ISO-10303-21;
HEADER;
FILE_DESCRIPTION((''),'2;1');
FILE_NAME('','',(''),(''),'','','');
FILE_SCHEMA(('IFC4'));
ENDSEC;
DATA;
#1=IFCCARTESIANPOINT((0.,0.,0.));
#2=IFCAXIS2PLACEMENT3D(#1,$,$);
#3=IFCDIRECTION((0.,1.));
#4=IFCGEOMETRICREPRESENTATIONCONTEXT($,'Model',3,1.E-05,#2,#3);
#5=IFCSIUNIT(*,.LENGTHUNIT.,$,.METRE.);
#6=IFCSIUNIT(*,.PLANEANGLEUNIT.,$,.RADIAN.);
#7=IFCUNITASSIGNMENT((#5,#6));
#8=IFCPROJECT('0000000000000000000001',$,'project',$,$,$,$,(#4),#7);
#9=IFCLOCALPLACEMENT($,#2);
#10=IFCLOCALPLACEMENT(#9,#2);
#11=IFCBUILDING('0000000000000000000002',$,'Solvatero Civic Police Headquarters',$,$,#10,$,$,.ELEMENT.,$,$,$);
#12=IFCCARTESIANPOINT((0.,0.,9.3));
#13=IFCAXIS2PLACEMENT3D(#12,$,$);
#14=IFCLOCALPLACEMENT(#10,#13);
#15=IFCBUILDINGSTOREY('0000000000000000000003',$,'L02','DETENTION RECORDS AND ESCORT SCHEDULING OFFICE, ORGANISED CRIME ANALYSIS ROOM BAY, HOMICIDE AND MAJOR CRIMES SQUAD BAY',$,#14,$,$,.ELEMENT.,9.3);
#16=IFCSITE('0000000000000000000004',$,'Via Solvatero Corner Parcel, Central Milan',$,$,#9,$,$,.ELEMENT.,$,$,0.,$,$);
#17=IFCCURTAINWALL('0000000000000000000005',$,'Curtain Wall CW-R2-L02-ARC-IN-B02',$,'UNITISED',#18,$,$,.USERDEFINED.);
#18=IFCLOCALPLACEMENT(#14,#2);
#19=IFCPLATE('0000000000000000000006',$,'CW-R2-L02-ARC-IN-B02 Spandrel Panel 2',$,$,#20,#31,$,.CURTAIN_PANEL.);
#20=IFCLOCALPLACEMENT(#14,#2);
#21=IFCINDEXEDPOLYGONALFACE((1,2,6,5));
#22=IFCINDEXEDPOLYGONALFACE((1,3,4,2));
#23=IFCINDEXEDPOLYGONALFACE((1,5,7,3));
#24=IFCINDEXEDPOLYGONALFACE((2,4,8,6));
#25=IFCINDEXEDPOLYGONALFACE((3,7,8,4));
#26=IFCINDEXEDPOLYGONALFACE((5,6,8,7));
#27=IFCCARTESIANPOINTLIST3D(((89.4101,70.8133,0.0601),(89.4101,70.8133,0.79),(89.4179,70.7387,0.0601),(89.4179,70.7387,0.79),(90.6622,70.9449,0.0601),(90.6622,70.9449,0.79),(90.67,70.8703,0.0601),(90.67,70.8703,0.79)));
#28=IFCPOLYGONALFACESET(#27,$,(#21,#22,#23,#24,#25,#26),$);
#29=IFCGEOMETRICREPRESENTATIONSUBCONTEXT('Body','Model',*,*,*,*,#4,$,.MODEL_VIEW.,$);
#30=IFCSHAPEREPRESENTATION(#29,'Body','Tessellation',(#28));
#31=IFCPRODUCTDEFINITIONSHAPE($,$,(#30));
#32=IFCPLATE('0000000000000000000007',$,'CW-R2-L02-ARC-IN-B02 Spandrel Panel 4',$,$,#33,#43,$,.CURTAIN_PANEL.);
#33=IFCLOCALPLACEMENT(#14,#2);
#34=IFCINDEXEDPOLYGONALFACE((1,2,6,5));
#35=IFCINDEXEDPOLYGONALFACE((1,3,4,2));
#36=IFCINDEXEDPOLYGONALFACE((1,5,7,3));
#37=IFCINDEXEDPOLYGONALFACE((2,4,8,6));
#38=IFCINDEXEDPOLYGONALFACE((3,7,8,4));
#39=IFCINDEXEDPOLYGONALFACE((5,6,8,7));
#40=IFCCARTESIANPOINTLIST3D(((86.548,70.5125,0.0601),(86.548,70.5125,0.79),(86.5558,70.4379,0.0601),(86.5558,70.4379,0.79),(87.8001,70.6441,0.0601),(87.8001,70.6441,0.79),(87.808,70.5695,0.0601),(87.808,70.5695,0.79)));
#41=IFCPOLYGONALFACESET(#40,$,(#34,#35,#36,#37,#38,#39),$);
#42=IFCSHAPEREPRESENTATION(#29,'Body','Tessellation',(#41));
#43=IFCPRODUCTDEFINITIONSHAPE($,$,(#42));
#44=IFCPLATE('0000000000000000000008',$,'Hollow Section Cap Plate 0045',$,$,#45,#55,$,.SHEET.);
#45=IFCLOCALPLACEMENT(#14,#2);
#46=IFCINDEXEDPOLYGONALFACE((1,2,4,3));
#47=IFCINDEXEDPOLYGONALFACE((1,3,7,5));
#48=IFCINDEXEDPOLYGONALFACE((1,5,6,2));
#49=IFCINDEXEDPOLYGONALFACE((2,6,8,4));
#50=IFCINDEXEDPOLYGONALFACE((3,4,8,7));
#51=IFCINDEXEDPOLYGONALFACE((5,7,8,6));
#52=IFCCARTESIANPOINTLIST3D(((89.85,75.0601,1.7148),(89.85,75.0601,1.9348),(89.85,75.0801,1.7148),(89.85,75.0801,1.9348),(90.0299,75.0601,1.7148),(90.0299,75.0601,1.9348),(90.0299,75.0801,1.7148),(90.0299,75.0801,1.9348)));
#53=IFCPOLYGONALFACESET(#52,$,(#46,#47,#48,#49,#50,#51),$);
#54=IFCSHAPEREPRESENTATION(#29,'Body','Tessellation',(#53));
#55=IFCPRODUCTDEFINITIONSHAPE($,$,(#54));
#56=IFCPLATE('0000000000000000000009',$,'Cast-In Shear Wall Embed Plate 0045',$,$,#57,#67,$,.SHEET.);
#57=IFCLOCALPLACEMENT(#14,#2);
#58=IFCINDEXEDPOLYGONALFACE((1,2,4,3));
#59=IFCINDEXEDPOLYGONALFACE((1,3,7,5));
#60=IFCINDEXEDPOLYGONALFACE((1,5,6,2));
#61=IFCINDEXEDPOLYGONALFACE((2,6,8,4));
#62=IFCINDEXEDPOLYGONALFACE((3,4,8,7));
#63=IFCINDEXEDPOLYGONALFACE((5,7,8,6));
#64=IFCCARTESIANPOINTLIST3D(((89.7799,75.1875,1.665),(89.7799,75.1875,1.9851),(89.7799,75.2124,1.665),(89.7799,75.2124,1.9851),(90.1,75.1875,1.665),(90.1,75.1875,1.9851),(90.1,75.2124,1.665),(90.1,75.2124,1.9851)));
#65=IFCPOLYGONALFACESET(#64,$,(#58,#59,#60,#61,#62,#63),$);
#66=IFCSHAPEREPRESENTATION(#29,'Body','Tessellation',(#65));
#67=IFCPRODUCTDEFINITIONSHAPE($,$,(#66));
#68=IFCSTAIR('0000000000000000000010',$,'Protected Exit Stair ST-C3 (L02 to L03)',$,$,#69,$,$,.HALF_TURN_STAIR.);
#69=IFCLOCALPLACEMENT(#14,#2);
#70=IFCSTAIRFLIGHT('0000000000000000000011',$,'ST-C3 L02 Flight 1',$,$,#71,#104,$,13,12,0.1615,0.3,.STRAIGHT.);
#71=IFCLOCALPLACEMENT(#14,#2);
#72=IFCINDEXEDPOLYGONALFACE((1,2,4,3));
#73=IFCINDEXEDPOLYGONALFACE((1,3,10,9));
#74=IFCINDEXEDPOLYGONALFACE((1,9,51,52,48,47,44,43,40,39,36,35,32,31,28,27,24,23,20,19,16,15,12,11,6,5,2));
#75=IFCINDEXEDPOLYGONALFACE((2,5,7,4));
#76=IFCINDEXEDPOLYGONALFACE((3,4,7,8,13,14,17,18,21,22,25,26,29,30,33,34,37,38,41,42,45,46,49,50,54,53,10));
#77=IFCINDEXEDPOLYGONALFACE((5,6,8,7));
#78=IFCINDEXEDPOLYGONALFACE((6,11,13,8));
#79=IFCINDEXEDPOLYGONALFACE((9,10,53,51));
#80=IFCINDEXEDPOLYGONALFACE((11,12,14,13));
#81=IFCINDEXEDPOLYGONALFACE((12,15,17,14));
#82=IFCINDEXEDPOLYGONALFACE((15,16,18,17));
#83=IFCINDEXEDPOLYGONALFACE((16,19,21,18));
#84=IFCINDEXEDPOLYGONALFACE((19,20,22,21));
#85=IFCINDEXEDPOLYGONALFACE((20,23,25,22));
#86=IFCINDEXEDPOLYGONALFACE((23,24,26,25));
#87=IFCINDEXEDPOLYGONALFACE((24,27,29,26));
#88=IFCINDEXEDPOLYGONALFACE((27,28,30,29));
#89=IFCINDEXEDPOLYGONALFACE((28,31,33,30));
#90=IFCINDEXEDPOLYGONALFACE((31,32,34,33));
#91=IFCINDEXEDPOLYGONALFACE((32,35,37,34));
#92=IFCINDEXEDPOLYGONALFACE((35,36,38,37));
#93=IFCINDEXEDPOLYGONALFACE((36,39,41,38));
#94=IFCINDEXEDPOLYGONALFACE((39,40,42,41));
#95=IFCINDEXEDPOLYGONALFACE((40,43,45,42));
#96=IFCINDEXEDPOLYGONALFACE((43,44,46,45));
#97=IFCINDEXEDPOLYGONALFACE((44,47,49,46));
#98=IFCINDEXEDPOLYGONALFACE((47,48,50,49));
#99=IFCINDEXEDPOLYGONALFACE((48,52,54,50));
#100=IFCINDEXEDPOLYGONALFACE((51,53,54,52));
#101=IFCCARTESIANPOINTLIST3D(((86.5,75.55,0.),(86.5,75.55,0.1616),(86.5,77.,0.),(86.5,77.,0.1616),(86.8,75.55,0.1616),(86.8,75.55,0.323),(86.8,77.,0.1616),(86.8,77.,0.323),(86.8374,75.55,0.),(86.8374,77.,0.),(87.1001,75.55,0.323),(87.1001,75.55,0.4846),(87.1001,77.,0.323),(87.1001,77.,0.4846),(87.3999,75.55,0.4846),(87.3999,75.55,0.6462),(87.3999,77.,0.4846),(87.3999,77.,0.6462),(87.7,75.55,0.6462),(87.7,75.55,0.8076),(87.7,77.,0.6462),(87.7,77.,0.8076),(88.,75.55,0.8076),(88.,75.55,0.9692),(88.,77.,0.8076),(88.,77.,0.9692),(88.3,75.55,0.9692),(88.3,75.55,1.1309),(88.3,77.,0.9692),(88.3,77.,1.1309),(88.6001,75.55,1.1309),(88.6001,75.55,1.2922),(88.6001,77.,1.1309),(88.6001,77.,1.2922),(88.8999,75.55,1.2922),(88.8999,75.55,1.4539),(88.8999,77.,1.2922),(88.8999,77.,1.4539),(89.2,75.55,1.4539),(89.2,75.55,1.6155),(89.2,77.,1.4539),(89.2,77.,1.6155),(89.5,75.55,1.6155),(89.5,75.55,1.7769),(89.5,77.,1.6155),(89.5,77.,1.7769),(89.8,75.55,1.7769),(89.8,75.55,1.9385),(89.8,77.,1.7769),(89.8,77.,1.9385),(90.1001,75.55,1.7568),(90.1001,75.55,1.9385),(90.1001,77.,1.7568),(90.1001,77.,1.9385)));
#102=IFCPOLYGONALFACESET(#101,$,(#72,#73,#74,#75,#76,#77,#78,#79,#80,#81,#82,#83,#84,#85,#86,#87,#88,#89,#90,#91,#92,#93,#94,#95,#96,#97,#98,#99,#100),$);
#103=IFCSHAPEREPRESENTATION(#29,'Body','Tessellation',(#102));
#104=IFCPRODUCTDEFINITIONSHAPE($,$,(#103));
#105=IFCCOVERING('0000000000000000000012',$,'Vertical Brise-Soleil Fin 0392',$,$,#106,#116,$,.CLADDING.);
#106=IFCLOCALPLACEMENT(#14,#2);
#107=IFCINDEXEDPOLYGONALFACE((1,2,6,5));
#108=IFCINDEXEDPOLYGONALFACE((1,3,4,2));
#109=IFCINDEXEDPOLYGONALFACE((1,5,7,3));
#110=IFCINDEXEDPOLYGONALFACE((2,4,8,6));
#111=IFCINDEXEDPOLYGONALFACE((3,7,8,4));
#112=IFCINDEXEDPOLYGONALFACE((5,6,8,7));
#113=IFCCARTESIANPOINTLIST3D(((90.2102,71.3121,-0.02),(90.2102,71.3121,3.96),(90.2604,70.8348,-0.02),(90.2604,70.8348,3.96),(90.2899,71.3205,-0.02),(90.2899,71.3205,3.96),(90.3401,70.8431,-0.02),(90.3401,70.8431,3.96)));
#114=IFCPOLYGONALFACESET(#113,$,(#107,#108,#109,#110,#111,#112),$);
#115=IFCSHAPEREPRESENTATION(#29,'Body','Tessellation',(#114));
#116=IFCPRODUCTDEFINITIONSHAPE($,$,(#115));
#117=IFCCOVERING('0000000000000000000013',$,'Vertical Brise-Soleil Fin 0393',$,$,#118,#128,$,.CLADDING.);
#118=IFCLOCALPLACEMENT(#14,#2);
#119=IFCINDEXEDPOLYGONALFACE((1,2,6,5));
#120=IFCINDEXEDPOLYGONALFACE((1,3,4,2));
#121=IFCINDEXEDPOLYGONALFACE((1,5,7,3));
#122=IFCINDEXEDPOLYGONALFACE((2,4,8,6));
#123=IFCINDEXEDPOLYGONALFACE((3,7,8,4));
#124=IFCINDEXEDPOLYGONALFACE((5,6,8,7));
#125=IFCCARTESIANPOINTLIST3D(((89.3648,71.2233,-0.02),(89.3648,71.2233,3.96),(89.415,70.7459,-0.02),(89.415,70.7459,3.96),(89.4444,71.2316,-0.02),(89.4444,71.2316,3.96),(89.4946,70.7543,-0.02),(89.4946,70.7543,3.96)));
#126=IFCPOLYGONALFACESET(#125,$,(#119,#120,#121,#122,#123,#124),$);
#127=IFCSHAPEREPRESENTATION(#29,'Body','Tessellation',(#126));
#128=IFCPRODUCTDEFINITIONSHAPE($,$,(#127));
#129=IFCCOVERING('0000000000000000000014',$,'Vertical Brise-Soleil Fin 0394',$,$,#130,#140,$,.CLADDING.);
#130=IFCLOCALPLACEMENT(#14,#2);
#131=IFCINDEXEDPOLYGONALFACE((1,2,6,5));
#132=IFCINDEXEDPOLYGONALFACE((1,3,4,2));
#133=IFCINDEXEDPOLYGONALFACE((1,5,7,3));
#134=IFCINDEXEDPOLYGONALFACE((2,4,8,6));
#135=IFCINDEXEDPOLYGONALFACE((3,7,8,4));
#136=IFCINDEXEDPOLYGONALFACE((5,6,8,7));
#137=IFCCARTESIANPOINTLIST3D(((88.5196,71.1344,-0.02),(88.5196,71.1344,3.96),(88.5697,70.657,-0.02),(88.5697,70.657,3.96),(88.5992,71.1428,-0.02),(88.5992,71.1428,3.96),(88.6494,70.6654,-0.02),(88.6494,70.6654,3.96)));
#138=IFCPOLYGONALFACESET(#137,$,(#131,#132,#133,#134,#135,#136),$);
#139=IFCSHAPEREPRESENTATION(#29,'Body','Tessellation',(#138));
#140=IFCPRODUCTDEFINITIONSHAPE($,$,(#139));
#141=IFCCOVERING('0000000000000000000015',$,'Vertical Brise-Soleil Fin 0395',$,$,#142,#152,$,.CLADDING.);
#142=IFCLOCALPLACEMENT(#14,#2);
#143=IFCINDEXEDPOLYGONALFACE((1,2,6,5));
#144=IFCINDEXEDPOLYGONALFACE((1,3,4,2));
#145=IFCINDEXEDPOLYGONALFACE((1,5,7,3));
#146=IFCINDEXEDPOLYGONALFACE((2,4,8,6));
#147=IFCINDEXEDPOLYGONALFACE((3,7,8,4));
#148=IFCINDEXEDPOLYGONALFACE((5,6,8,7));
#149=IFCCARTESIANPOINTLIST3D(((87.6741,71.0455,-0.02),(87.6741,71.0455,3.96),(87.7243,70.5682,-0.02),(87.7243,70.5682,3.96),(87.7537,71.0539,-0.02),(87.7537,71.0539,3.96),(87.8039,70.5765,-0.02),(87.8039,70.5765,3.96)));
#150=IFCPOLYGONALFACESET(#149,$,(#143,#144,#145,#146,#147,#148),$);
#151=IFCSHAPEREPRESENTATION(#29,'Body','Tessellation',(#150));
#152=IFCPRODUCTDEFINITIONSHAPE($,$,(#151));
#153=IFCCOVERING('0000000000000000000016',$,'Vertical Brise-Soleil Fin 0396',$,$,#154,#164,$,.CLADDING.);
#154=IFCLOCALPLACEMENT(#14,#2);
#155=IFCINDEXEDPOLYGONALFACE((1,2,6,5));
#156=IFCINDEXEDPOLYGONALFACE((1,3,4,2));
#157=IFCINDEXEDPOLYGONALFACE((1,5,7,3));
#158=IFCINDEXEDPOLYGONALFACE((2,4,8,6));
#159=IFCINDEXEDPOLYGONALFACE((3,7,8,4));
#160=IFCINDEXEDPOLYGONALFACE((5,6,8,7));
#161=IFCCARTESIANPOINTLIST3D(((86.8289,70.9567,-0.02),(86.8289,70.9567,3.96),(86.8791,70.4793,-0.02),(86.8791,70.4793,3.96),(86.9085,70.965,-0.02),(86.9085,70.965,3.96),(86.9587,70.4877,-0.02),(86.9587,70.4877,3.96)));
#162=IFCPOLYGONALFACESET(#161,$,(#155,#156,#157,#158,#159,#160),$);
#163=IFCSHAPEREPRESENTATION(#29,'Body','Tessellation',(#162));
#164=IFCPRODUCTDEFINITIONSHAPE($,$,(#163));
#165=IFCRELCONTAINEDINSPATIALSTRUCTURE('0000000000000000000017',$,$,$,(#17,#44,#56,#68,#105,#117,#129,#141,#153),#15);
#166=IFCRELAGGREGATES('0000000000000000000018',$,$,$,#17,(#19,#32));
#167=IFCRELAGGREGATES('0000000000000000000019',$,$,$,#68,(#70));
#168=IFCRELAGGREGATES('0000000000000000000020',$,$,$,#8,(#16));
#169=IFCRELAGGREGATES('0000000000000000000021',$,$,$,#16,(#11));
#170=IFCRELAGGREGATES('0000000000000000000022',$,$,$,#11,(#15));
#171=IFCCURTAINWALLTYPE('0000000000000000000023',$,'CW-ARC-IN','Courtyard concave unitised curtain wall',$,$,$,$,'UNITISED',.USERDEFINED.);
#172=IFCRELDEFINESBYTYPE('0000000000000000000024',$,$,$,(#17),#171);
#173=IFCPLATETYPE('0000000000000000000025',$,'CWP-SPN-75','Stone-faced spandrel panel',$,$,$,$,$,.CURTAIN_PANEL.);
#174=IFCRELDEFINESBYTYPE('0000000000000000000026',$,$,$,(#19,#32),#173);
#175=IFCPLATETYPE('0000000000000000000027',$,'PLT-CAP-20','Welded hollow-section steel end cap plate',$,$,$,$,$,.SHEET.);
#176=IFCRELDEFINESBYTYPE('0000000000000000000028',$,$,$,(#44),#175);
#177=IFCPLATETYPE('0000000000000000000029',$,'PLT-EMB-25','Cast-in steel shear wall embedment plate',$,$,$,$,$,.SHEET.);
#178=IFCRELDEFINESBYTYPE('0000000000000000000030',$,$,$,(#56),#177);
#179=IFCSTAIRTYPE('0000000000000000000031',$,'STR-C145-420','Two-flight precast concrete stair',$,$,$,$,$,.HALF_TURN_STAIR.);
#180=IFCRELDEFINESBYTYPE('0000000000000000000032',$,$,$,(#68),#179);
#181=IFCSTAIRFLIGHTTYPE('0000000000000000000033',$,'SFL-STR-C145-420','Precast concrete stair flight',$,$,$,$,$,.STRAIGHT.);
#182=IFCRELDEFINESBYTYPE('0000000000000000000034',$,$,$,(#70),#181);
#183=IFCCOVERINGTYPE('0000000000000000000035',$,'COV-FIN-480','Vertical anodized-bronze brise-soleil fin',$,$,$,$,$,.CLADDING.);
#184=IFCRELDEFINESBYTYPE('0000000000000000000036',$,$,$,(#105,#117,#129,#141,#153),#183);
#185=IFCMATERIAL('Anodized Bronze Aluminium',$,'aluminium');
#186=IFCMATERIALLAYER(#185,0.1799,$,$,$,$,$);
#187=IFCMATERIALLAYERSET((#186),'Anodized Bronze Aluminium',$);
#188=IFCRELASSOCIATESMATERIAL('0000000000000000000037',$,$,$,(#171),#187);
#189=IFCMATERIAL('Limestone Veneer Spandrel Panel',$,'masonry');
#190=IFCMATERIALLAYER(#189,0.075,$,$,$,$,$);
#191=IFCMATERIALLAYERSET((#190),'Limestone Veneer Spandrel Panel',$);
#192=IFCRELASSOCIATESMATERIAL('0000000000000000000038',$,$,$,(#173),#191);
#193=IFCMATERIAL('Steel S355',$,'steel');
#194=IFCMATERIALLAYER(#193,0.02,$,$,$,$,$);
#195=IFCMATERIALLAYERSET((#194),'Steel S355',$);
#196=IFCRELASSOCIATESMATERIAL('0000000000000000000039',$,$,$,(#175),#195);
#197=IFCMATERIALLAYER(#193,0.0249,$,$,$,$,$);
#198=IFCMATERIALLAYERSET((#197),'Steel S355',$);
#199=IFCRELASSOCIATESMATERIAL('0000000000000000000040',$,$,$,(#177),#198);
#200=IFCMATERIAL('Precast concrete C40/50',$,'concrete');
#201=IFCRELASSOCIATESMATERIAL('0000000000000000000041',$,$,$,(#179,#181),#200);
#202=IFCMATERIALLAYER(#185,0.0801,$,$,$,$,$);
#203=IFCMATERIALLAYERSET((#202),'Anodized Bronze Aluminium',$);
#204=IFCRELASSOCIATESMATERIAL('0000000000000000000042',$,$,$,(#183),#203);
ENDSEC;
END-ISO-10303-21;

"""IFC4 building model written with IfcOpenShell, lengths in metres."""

from ifc_helpers import new_model, si_unit, direction, frame, origin, origin_2d, place, context, subcontext, project, spatial, polyline, rectangle, outline, extrude, material, layer, layer_set, type_object, element, aggregate, save


model = new_model("IFC4")

# Units and contexts
model_context = context("Model", 3, precision=1e-05, world=origin(), true_north=direction((0.0, 1.0)))
body_context = subcontext(model_context, "Body", "Model", "MODEL_VIEW")
ifc_project = project(units=[si_unit("LENGTHUNIT", "METRE"), si_unit("PLANEANGLEUNIT", "RADIAN")], contexts=[model_context])

# Site, building, storey
site_placement = place(None, origin())
site = spatial("IfcSite", under=ifc_project, at=site_placement, Name="Via Solvatero Corner Parcel, Central Milan", CompositionType="ELEMENT", RefElevation=0.0)
building_placement = place(site_placement, origin())
building = spatial("IfcBuilding", under=site, at=building_placement, Name="Solvatero Civic Police Headquarters", CompositionType="ELEMENT")
storey_placement = place(building_placement, frame((0.0, 0.0, 9.3)))
storey = spatial("IfcBuildingStorey", under=building, at=storey_placement, Name="L02", Description="DETENTION RECORDS AND ESCORT SCHEDULING OFFICE, ORGANISED CRIME ANALYSIS ROOM BAY, HOMICIDE AND MAJOR CRIMES SQUAD BAY", CompositionType="ELEMENT", Elevation=9.3)

# Curtain wall
ifc_material_1 = material(Name="Anodized Bronze Aluminium", Category="aluminium")
ifc_layer_1 = layer(ifc_material_1, 0.1799)
ifc_layer_set_1 = layer_set([ifc_layer_1], Name="Anodized Bronze Aluminium")
curtain_wall_type = type_object("IfcCurtainWallType", Name="CW-ARC-IN", Description="Courtyard concave unitised curtain wall", ElementType="UNITISED", PredefinedType="USERDEFINED", material=ifc_layer_set_1)
curtain_wall_placement = place(storey_placement, origin())
curtain_wall = element("IfcCurtainWall", 1, at=curtain_wall_placement, inside=storey, type_object=curtain_wall_type, Name="Curtain Wall CW-R2-L02-ARC-IN-B02", ObjectType="UNITISED", PredefinedType="USERDEFINED")

# Shared definitions
ifc_material_2 = material(Name="Steel S355", Category="steel")

# Plates
ifc_material_3 = material(Name="Limestone Veneer Spandrel Panel", Category="masonry")
ifc_layer_2 = layer(ifc_material_3, 0.075)
ifc_layer_set_2 = layer_set([ifc_layer_2], Name="Limestone Veneer Spandrel Panel")
plate_type_1 = type_object("IfcPlateType", Name="CWP-SPN-75", Description="Stone-faced spandrel panel", PredefinedType="CURTAIN_PANEL", material=ifc_layer_set_2)
plate_1_placement = place(storey_placement, frame((90.04, 70.8418, 0.0601), z_axis=(0.0, 0.0, 1.0), x_axis=(-0.994522, -0.104528, 0.0)))
plate_1 = element("IfcPlate", 2, at=plate_1_placement, type_object=plate_type_1, Name="CW-R2-L02-ARC-IN-B02 Spandrel Panel 2", PredefinedType="CURTAIN_PANEL", context=body_context, shape_type="SweptSolid", body=[
    extrude(rectangle(XDim=1.259, YDim=0.075, at=origin_2d()), origin(), (0.0, 0.0, 1.0), 0.73),
])
plate_2_placement = place(storey_placement, frame((87.178, 70.541, 0.0601), z_axis=(0.0, 0.0, 1.0), x_axis=(-0.994522, -0.104528, 0.0)))
plate_2 = element("IfcPlate", 3, at=plate_2_placement, type_object=plate_type_1, Name="CW-R2-L02-ARC-IN-B02 Spandrel Panel 4", PredefinedType="CURTAIN_PANEL", context=body_context, shape_type="SweptSolid", body=[
    extrude(rectangle(XDim=1.259, YDim=0.075, at=origin_2d()), origin(), (0.0, 0.0, 1.0), 0.73),
])
aggregate(curtain_wall, [plate_1, plate_2])

# Plates
ifc_layer_3 = layer(ifc_material_2, 0.02)
ifc_layer_set_3 = layer_set([ifc_layer_3], Name="Steel S355")
plate_type_2 = type_object("IfcPlateType", Name="PLT-CAP-20", Description="Welded hollow-section steel end cap plate", PredefinedType="SHEET", material=ifc_layer_set_3)
plate_3_placement = place(storey_placement, frame((89.9399, 75.0701, 1.7148), z_axis=(0.0, 0.0, 1.0), x_axis=(1.0, 0.0, 0.0)))
element("IfcPlate", 4, at=plate_3_placement, inside=storey, type_object=plate_type_2, Name="Hollow Section Cap Plate 0045", PredefinedType="SHEET", context=body_context, shape_type="SweptSolid", body=[
    extrude(rectangle(XDim=0.1799, YDim=0.02, at=origin_2d()), origin(), (0.0, 0.0, 1.0), 0.22),
])
ifc_layer_4 = layer(ifc_material_2, 0.0249)
ifc_layer_set_4 = layer_set([ifc_layer_4], Name="Steel S355")
plate_type_3 = type_object("IfcPlateType", Name="PLT-EMB-25", Description="Cast-in steel shear wall embedment plate", PredefinedType="SHEET", material=ifc_layer_set_4)
plate_4_placement = place(storey_placement, frame((89.9399, 75.2, 1.665), z_axis=(0.0, 0.0, 1.0), x_axis=(1.0, 0.0, 0.0)))
element("IfcPlate", 5, at=plate_4_placement, inside=storey, type_object=plate_type_3, Name="Cast-In Shear Wall Embed Plate 0045", PredefinedType="SHEET", context=body_context, shape_type="SweptSolid", body=[
    extrude(rectangle(XDim=0.3201, YDim=0.0249, at=origin_2d()), origin(), (0.0, 0.0, 1.0), 0.3201),
])

# Stair, stair flight
ifc_material_4 = material(Name="Precast concrete C40/50", Category="concrete")
stair_type = type_object("IfcStairType", Name="STR-C145-420", Description="Two-flight precast concrete stair", PredefinedType="HALF_TURN_STAIR", material=ifc_material_4)
stair_placement = place(storey_placement, origin())
stair = element("IfcStair", 6, at=stair_placement, inside=storey, type_object=stair_type, Name="Protected Exit Stair ST-C3 (L02 to L03)", PredefinedType="HALF_TURN_STAIR")
stair_flight_type = type_object("IfcStairFlightType", Name="SFL-STR-C145-420", Description="Precast concrete stair flight", PredefinedType="STRAIGHT", material=ifc_material_4)
stair_flight_placement = place(storey_placement, frame((86.5, 76.2749, 0.0), z_axis=(0.0, 0.0, 1.0), x_axis=(1.0, 0.0, 0.0)))
stair_flight = element("IfcStairFlight", 7, at=stair_flight_placement, type_object=stair_flight_type, Name="ST-C3 L02 Flight 1", NumberOfRisers=13, NumberOfTreads=12, PredefinedType="STRAIGHT", RiserHeight=0.1615, TreadLength=0.3, context=body_context, shape_type="SweptSolid", body=[
    extrude(outline(polyline([(0.0, 0.0), (0.0, 0.1616), (0.3, 0.1616), (0.3, 0.323), (0.6001, 0.323), (0.6001, 0.4846), (0.8999, 0.4846), (0.8999, 0.6462), (1.2, 0.6462), (1.2, 0.8076), (1.5, 0.8076), (1.5, 0.9692), (1.8, 0.9692), (1.8, 1.1309), (2.1001, 1.1309), (2.1001, 1.2922), (2.3999, 1.2922), (2.3999, 1.4539), (2.7, 1.4539), (2.7, 1.6155), (3.0, 1.6155), (3.0, 1.7769), (3.3, 1.7769), (3.3, 1.9385), (3.6001, 1.9385), (3.6001, 2.1001), (3.6001, 1.7568), (0.3374, 0.0), (0.0, 0.0)])), frame((0.0, 0.7251, 0.0), z_axis=(0.0, -1.0, 0.0), x_axis=(1.0, 0.0, 0.0)), (0.0, 0.0, 1.0), 1.45),
])
aggregate(stair, [stair_flight])

# Coverings
ifc_layer_5 = layer(ifc_material_1, 0.0801)
ifc_layer_set_5 = layer_set([ifc_layer_5], Name="Anodized Bronze Aluminium")
covering_type = type_object("IfcCoveringType", Name="COV-FIN-480", Description="Vertical anodized-bronze brise-soleil fin", PredefinedType="CLADDING", material=ifc_layer_set_5)
for number, where, z_axis, x_axis, name in (
    (8, (90.2751, 71.0776, -0.02), (0.0, 0.0, 1.0), (-0.994522, -0.104528, 0.0), "Vertical Brise-Soleil Fin 0392"),
    (9, (89.4297, 70.9888, -0.02), (0.0, 0.0, 1.0), (-0.994522, -0.104528, 0.0), "Vertical Brise-Soleil Fin 0393"),
    (10, (88.5845, 70.8999, -0.02), (0.0, 0.0, 1.0), (-0.994522, -0.104528, 0.0), "Vertical Brise-Soleil Fin 0394"),
    (11, (87.739, 70.811, -0.02), (0.0, 0.0, 1.0), (-0.994522, -0.104528, 0.0), "Vertical Brise-Soleil Fin 0395"),
    (12, (86.8938, 70.7222, -0.02), (0.0, 0.0, 1.0), (-0.994522, -0.104528, 0.0), "Vertical Brise-Soleil Fin 0396"),
):
    element("IfcCovering", number, at=place(storey_placement, frame(where, z_axis=z_axis, x_axis=x_axis)), inside=storey, type_object=covering_type, Name=name, PredefinedType="CLADDING", context=body_context, shape_type="SweptSolid", body=[
        extrude(rectangle(XDim=0.0801, YDim=0.48, at=origin_2d()), origin(), (0.0, 0.0, 1.0), 3.98),
    ])

save(model, "model.ifc")
